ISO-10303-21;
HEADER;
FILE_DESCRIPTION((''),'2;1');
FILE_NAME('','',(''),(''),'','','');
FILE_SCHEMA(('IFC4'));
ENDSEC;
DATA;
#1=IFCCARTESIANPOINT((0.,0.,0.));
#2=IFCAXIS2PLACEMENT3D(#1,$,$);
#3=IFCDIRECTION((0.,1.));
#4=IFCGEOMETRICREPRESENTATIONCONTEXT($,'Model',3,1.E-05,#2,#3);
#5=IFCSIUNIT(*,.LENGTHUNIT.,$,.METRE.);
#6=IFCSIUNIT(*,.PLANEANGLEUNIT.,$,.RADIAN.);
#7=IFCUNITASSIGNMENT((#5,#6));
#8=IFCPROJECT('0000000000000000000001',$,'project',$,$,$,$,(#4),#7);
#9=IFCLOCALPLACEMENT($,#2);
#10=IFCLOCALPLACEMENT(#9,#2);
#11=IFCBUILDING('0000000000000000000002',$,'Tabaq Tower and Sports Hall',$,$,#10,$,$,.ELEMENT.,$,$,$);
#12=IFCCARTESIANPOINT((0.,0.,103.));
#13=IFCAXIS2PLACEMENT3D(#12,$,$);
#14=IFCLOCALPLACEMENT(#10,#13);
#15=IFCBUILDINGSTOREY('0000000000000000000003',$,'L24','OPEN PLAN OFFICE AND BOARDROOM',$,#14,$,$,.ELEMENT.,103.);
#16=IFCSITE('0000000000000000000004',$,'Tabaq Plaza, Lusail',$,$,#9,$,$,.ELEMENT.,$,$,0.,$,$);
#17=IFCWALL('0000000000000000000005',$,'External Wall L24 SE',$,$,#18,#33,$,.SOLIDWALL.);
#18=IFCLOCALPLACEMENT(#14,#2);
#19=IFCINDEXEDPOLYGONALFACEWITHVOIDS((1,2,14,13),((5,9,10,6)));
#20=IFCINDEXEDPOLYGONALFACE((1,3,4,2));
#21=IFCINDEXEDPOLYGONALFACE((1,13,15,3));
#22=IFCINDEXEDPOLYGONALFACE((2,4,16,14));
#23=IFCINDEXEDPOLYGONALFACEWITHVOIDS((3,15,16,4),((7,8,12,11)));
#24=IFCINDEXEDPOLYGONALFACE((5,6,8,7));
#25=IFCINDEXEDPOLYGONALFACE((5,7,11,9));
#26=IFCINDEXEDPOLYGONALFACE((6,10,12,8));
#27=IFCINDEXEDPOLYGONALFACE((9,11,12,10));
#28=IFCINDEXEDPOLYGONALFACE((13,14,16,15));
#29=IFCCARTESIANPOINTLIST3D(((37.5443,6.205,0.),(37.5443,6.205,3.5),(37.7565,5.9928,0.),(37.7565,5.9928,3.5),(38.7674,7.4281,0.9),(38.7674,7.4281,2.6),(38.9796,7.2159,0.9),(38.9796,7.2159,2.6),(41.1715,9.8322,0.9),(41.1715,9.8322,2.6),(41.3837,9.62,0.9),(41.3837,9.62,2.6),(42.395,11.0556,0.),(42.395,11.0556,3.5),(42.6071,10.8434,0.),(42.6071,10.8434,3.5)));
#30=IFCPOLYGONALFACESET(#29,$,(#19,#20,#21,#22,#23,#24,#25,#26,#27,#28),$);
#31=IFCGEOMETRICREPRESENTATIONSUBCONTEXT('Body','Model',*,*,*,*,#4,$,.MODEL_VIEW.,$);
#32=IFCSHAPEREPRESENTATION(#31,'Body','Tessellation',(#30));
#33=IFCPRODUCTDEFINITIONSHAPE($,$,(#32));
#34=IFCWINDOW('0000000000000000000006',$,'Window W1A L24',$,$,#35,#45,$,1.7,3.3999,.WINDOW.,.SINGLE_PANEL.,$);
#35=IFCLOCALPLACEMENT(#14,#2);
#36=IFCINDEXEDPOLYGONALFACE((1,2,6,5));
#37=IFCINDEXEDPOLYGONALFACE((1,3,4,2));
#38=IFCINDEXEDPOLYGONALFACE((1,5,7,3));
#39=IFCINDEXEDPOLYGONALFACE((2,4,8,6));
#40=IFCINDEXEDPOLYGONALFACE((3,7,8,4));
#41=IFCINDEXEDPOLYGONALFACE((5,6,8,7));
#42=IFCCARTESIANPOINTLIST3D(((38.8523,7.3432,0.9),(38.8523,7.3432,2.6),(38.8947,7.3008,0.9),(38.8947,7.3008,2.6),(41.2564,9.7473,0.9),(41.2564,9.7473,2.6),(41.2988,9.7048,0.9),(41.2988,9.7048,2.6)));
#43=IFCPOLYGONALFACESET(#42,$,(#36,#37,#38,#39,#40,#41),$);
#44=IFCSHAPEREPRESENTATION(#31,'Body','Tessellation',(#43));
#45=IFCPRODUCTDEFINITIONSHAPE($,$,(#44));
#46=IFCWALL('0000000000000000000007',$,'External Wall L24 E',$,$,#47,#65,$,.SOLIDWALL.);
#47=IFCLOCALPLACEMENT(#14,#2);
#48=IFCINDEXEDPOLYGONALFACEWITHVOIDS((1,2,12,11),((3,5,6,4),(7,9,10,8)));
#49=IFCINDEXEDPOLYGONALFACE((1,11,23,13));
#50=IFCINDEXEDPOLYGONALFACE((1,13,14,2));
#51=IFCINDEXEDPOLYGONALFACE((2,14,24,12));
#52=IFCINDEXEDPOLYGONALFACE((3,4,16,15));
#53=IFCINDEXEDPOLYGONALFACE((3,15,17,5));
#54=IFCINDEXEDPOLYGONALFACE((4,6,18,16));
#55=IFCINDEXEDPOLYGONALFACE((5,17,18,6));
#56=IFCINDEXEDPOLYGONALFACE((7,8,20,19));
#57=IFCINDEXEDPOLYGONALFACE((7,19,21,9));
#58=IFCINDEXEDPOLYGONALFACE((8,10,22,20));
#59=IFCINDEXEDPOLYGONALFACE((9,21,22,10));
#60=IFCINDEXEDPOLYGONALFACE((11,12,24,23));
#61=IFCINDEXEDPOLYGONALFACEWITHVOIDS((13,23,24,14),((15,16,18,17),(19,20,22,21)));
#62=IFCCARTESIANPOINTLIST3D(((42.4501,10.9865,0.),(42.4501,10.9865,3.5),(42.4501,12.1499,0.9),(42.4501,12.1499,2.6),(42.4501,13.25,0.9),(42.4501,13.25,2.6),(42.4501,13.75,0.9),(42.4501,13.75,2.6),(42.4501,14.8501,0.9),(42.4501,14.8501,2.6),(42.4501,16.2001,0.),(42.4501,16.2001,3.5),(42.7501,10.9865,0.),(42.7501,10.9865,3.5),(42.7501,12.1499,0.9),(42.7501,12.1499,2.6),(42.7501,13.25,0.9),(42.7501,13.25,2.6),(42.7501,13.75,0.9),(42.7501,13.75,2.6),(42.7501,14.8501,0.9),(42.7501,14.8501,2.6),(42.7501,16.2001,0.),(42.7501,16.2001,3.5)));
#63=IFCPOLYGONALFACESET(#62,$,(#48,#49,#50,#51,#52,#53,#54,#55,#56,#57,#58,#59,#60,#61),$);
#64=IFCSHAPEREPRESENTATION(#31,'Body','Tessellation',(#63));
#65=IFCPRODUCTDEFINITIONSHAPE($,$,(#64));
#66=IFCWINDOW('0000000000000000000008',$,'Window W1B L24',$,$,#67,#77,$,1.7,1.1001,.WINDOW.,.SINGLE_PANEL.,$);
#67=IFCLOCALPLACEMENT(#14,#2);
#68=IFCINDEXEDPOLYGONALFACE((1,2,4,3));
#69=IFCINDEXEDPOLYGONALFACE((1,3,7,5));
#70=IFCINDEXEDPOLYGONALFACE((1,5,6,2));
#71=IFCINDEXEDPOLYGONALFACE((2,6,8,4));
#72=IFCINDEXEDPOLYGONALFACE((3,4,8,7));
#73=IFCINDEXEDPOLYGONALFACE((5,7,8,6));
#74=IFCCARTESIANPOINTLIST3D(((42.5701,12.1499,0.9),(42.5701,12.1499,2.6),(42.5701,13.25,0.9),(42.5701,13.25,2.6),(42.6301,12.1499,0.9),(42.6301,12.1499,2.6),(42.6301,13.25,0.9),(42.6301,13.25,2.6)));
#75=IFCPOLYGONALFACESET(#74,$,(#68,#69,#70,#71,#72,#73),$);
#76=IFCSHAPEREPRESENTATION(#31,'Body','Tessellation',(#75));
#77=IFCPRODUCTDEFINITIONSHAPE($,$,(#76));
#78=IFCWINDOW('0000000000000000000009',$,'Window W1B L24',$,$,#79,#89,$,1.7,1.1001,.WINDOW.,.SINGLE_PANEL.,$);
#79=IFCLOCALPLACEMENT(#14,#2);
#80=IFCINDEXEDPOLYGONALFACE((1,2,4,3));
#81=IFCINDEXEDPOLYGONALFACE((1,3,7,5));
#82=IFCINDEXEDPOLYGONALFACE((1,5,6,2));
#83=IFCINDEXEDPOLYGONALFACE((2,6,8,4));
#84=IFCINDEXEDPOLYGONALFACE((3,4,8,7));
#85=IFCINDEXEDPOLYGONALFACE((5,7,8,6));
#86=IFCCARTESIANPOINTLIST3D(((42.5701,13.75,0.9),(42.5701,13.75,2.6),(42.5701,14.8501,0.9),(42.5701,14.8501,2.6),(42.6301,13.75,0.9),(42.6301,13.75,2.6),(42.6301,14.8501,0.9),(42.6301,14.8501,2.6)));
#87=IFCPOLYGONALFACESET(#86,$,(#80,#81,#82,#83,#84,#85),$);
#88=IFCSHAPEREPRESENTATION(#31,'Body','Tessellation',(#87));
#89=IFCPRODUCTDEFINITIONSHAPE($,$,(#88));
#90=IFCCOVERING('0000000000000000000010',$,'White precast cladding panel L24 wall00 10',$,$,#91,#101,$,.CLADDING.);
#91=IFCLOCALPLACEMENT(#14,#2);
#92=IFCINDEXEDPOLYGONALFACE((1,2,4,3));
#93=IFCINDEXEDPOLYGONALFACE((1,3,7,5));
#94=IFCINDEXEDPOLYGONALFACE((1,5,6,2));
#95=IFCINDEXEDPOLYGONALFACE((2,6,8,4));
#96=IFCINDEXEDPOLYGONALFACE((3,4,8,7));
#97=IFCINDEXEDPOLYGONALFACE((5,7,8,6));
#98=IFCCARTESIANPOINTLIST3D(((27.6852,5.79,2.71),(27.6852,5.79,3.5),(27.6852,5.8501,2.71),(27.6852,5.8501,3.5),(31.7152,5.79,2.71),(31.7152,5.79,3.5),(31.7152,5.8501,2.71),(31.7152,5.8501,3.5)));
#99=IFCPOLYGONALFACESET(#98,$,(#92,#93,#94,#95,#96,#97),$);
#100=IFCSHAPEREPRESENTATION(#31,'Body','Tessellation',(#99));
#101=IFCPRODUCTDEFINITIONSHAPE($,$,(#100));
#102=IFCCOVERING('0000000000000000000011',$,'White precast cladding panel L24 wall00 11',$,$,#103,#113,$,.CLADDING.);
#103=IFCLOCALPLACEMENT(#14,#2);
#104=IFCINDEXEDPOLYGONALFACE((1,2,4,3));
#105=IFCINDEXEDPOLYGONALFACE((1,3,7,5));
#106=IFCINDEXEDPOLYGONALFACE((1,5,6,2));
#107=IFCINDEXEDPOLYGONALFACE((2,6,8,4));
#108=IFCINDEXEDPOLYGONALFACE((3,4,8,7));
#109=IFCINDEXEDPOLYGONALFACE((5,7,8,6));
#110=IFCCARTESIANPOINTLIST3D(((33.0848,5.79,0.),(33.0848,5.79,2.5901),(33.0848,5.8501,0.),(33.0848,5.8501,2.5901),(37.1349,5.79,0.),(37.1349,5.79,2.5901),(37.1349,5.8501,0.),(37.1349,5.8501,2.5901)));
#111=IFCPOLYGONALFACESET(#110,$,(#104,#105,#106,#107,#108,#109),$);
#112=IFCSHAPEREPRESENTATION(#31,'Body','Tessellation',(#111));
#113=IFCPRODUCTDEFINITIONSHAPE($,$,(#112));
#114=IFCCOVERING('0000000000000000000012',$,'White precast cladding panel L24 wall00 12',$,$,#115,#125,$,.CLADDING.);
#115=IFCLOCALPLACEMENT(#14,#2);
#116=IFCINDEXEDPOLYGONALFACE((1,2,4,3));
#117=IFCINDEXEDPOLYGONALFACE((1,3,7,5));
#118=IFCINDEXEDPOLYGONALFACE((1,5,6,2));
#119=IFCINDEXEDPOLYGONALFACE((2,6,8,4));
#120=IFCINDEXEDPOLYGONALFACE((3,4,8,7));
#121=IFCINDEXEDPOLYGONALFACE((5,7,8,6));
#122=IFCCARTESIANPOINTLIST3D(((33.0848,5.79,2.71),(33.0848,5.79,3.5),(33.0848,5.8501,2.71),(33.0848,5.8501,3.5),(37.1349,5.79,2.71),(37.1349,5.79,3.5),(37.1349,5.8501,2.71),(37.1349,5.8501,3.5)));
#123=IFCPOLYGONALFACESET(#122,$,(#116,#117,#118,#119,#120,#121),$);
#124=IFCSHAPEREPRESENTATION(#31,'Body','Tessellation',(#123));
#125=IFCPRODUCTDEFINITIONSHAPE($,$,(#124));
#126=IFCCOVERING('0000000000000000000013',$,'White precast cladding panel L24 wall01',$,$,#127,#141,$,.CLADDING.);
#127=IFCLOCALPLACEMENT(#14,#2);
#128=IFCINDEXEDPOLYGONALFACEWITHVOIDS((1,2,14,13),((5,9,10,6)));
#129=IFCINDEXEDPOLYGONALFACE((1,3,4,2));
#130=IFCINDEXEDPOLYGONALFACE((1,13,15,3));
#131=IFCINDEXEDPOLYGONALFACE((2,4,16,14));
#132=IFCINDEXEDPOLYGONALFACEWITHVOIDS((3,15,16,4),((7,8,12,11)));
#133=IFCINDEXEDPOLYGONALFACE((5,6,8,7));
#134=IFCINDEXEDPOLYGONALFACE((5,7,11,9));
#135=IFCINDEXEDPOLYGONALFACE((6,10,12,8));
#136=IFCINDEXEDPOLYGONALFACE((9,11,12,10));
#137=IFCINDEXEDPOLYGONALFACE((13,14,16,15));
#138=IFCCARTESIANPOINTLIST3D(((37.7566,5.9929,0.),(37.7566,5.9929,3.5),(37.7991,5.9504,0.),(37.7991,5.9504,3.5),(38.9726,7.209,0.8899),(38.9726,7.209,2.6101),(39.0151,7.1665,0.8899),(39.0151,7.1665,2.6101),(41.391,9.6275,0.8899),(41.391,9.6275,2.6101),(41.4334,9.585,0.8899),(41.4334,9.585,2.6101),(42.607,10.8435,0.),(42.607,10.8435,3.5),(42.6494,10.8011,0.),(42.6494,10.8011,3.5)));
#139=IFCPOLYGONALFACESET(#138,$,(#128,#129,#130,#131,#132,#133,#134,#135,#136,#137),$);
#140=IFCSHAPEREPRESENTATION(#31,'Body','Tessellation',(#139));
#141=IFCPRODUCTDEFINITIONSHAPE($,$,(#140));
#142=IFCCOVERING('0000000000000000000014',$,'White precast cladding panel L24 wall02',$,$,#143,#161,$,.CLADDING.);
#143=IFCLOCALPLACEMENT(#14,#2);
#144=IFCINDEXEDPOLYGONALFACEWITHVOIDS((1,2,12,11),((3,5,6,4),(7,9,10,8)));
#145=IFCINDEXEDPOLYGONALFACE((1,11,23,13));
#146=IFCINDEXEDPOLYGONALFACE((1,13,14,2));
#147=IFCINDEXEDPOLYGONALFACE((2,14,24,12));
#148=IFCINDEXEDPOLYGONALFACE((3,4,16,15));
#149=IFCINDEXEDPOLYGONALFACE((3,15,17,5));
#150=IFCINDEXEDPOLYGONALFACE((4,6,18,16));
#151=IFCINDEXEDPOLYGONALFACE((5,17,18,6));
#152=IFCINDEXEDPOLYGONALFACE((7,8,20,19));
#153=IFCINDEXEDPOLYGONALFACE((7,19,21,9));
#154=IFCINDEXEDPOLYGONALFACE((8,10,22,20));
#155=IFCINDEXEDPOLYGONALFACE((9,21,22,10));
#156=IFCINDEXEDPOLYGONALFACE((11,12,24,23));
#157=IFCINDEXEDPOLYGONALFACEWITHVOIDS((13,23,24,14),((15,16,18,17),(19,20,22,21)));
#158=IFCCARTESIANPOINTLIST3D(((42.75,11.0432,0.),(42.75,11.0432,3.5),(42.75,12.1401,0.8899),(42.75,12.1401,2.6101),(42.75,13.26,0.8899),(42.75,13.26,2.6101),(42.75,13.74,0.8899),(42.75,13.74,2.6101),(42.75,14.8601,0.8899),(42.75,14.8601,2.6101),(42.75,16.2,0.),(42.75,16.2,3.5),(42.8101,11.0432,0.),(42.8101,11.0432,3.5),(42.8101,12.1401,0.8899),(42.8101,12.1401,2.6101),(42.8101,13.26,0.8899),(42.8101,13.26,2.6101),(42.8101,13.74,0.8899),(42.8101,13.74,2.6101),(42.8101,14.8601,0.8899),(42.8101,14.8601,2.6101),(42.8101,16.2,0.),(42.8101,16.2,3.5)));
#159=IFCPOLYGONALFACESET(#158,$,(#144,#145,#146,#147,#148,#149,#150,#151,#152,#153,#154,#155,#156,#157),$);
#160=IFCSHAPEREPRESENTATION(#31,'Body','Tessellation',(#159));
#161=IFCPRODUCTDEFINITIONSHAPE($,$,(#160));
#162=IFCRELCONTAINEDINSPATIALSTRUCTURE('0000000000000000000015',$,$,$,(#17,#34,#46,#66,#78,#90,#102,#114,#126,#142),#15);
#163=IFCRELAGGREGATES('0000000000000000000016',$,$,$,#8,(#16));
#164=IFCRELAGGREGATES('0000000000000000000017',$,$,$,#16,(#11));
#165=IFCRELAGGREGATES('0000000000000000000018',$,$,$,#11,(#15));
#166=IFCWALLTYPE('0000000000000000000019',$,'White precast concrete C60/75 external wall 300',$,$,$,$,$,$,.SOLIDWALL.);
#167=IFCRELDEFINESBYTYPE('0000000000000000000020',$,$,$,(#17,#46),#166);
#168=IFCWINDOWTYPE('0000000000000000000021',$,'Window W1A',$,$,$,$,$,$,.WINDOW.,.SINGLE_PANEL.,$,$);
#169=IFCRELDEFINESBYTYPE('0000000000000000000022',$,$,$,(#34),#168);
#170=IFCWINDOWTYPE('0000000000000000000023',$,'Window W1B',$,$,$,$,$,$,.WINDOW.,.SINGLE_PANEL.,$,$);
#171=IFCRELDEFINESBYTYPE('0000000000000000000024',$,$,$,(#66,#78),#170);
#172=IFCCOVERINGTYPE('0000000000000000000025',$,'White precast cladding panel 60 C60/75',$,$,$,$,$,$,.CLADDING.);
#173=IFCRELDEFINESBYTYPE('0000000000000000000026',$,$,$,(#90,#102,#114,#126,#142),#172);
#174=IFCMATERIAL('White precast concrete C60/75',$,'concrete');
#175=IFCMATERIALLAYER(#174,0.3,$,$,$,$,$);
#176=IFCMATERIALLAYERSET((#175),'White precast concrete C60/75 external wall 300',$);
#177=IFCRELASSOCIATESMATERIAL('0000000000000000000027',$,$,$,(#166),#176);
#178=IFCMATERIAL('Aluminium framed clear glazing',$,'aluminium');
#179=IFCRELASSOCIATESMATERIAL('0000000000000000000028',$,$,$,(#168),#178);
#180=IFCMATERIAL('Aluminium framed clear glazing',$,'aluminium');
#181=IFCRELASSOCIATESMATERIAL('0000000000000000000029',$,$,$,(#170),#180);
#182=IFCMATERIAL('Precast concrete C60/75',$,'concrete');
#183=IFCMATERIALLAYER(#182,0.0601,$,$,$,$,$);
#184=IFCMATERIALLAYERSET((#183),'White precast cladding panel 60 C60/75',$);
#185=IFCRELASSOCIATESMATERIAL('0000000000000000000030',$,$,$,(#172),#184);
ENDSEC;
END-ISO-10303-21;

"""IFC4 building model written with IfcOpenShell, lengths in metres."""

from ifc_helpers import new_model, si_unit, direction, frame, frame_2d, origin, place, context, subcontext, project, spatial, polyline, rectangle, outline, extrude, material, layer, layer_set, type_object, element, fill, save


model = new_model("IFC4")

# Units and contexts
model_context = context("Model", 3, precision=1e-05, world=origin(), true_north=direction((0.0, 1.0)))
body_context = subcontext(model_context, "Body", "Model", "MODEL_VIEW")
ifc_project = project(units=[si_unit("LENGTHUNIT", "METRE"), si_unit("PLANEANGLEUNIT", "RADIAN")], contexts=[model_context])

# Site, building, storey
site_placement = place(None, origin())
site = spatial("IfcSite", under=ifc_project, at=site_placement, Name="Tabaq Plaza, Lusail", CompositionType="ELEMENT", RefElevation=0.0)
building_placement = place(site_placement, origin())
building = spatial("IfcBuilding", under=site, at=building_placement, Name="Tabaq Tower and Sports Hall", CompositionType="ELEMENT")
storey_placement = place(building_placement, frame((0.0, 0.0, 103.0)))
storey = spatial("IfcBuildingStorey", under=building, at=storey_placement, Name="L24", Description="OPEN PLAN OFFICE AND BOARDROOM", CompositionType="ELEMENT", Elevation=103.0)

# Wall, opening, window
ifc_material_1 = material(Name="White precast concrete C60/75", Category="concrete")
ifc_layer_1 = layer(ifc_material_1, 0.3)
ifc_layer_set_1 = layer_set([ifc_layer_1], Name="White precast concrete C60/75 external wall 300")
wall_type_1 = type_object("IfcWallType", Name="White precast concrete C60/75 external wall 300", PredefinedType="SOLIDWALL", material=ifc_layer_set_1)
wall_1_placement = place(storey_placement, frame((37.6504, 6.0989, 0.0), z_axis=(0.0, 0.0, 1.0), x_axis=(0.707107, 0.707107, 0.0)))
wall_1 = element("IfcWall", 1, at=wall_1_placement, inside=storey, type_object=wall_type_1, Name="External Wall L24 SE", PredefinedType="SOLIDWALL", context=body_context, shape_type="SweptSolid", body=[
    extrude(rectangle(XDim=6.8599, YDim=0.3, at=frame_2d((3.4299, 0.0))), origin(), (0.0, 0.0, 1.0), 3.5),
])
opening_1_placement = place(wall_1_placement, frame((1.7297, 0.0, 0.8999)))
opening_1 = element("IfcOpeningElement", 2, at=opening_1_placement, cuts=wall_1, PredefinedType="OPENING", context=body_context, shape_type="SweptSolid", body=[
    extrude(rectangle(XDim=3.3999, YDim=1.7, at=frame_2d((1.7, 0.8501))), frame((0.0, 0.1602, 0.0), z_axis=(0.0, -1.0, 0.0), x_axis=(1.0, 0.0, 0.0)), (0.0, 0.0, 1.0), 0.3201),
])
ifc_material_2 = material(Name="Aluminium framed clear glazing", Category="aluminium")
window_type_1 = type_object("IfcWindowType", Name="Window W1A", PartitioningType="SINGLE_PANEL", PredefinedType="WINDOW", material=ifc_material_2)
window_1_placement = place(opening_1_placement, origin())
window_1 = element("IfcWindow", 3, at=window_1_placement, inside=storey, type_object=window_type_1, Name="Window W1A L24", OverallHeight=1.7, OverallWidth=3.3999, PartitioningType="SINGLE_PANEL", PredefinedType="WINDOW", context=body_context, shape_type="SweptSolid", body=[
    extrude(rectangle(XDim=3.3999, YDim=1.7, at=frame_2d((1.7, 0.8501))), frame((0.0, 0.03, 0.0), z_axis=(0.0, -1.0, 0.0), x_axis=(1.0, 0.0, 0.0)), (0.0, 0.0, 1.0), 0.0601),
])
fill(opening_1, window_1)

# Wall, openings, windows
wall_2_placement = place(storey_placement, frame((42.6001, 10.9863, 0.0), z_axis=(0.0, 0.0, 1.0), x_axis=(0.0, 1.0, 0.0)))
wall_2 = element("IfcWall", 4, at=wall_2_placement, inside=storey, type_object=wall_type_1, Name="External Wall L24 E", PredefinedType="SOLIDWALL", context=body_context, shape_type="SweptSolid", body=[
    extrude(rectangle(XDim=5.2136, YDim=0.3, at=frame_2d((2.6069, 0.0))), origin(), (0.0, 0.0, 1.0), 3.5),
])
opening_2_placement = place(wall_2_placement, frame((1.1636, 0.0, 0.8999)))
opening_2 = element("IfcOpeningElement", 5, at=opening_2_placement, cuts=wall_2, PredefinedType="OPENING", context=body_context, shape_type="SweptSolid", body=[
    extrude(rectangle(XDim=1.1001, YDim=1.7, at=frame_2d((0.55, 0.8501))), frame((0.0, 0.1602, 0.0), z_axis=(0.0, -1.0, 0.0), x_axis=(1.0, 0.0, 0.0)), (0.0, 0.0, 1.0), 0.3201),
])
opening_3_placement = place(wall_2_placement, frame((2.7637, 0.0, 0.8999)))
opening_3 = element("IfcOpeningElement", 6, at=opening_3_placement, cuts=wall_2, PredefinedType="OPENING", context=body_context, shape_type="SweptSolid", body=[
    extrude(rectangle(XDim=1.1001, YDim=1.7, at=frame_2d((0.55, 0.8501))), frame((0.0, 0.1602, 0.0), z_axis=(0.0, -1.0, 0.0), x_axis=(1.0, 0.0, 0.0)), (0.0, 0.0, 1.0), 0.3201),
])
ifc_material_3 = material(Name="Aluminium framed clear glazing", Category="aluminium")
window_type_2 = type_object("IfcWindowType", Name="Window W1B", PartitioningType="SINGLE_PANEL", PredefinedType="WINDOW", material=ifc_material_3)
window_2_placement = place(opening_2_placement, origin())
window_2 = element("IfcWindow", 7, at=window_2_placement, inside=storey, type_object=window_type_2, Name="Window W1B L24", OverallHeight=1.7, OverallWidth=1.1001, PartitioningType="SINGLE_PANEL", PredefinedType="WINDOW", context=body_context, shape_type="SweptSolid", body=[
    extrude(rectangle(XDim=1.1001, YDim=1.7, at=frame_2d((0.55, 0.8501))), frame((0.0, 0.03, 0.0), z_axis=(0.0, -1.0, 0.0), x_axis=(1.0, 0.0, 0.0)), (0.0, 0.0, 1.0), 0.0601),
])
fill(opening_2, window_2)
window_3_placement = place(opening_3_placement, origin())
window_3 = element("IfcWindow", 8, at=window_3_placement, inside=storey, type_object=window_type_2, Name="Window W1B L24", OverallHeight=1.7, OverallWidth=1.1001, PartitioningType="SINGLE_PANEL", PredefinedType="WINDOW", context=body_context, shape_type="SweptSolid", body=[
    extrude(rectangle(XDim=1.1001, YDim=1.7, at=frame_2d((0.55, 0.8501))), frame((0.0, 0.03, 0.0), z_axis=(0.0, -1.0, 0.0), x_axis=(1.0, 0.0, 0.0)), (0.0, 0.0, 1.0), 0.0601),
])
fill(opening_3, window_3)

# Coverings
ifc_material_4 = material(Name="Precast concrete C60/75", Category="concrete")
ifc_layer_2 = layer(ifc_material_4, 0.0601)
ifc_layer_set_2 = layer_set([ifc_layer_2], Name="White precast cladding panel 60 C60/75")
covering_type = type_object("IfcCoveringType", Name="White precast cladding panel 60 C60/75", PredefinedType="CLADDING", material=ifc_layer_set_2)
covering_1_placement = place(storey_placement, frame((27.6851, 5.8201, 2.71), z_axis=(0.0, 0.0, 1.0), x_axis=(1.0, 0.0, 0.0)))
element("IfcCovering", 9, at=covering_1_placement, inside=storey, type_object=covering_type, Name="White precast cladding panel L24 wall00 10", PredefinedType="CLADDING", context=body_context, shape_type="SweptSolid", body=[
    extrude(rectangle(XDim=4.03, YDim=0.0601, at=frame_2d((2.0151, 0.0))), origin(), (0.0, 0.0, 1.0), 0.79),
])
covering_2_placement = place(storey_placement, frame((33.085, 5.8201, 0.0), z_axis=(0.0, 0.0, 1.0), x_axis=(1.0, 0.0, 0.0)))
element("IfcCovering", 10, at=covering_2_placement, inside=storey, type_object=covering_type, Name="White precast cladding panel L24 wall00 11", PredefinedType="CLADDING", context=body_context, shape_type="SweptSolid", body=[
    extrude(rectangle(XDim=4.05, YDim=0.0601, at=frame_2d((2.0249, 0.0))), origin(), (0.0, 0.0, 1.0), 2.5901),
])
covering_3_placement = place(storey_placement, frame((33.085, 5.8201, 2.71), z_axis=(0.0, 0.0, 1.0), x_axis=(1.0, 0.0, 0.0)))
element("IfcCovering", 11, at=covering_3_placement, inside=storey, type_object=covering_type, Name="White precast cladding panel L24 wall00 12", PredefinedType="CLADDING", context=body_context, shape_type="SweptSolid", body=[
    extrude(rectangle(XDim=4.05, YDim=0.0601, at=frame_2d((2.0249, 0.0))), origin(), (0.0, 0.0, 1.0), 0.79),
])
covering_4_placement = place(storey_placement, frame((37.7778, 5.9717, 0.0), z_axis=(0.0, 0.0, 1.0), x_axis=(0.707089, 0.707125, 0.0)))
element("IfcCovering", 12, at=covering_4_placement, inside=storey, type_object=covering_type, Name="White precast cladding panel L24 wall01", PredefinedType="CLADDING", context=body_context, shape_type="SweptSolid", body=[
    extrude(outline(polyline([(0.0, 0.0), (6.8596, 0.0), (6.8596, 3.5), (0.0, 3.5), (0.0, 0.0)]), holes=[polyline([(1.7197, 0.8899), (1.7197, 2.6101), (5.1399, 2.6101), (5.1399, 0.8899), (1.7197, 0.8899)])]), frame((0.0, 0.03, 0.0), z_axis=(0.0, -1.0, 0.0), x_axis=(1.0, 0.0, 0.0)), (0.0, 0.0, 1.0), 0.0601),
])
covering_5_placement = place(storey_placement, frame((42.78, 11.0432, 0.0), z_axis=(0.0, 0.0, 1.0), x_axis=(0.0, 1.0, 0.0)))
element("IfcCovering", 13, at=covering_5_placement, inside=storey, type_object=covering_type, Name="White precast cladding panel L24 wall02", PredefinedType="CLADDING", context=body_context, shape_type="SweptSolid", body=[
    extrude(outline(polyline([(0.0, 0.0), (5.1567, 0.0), (5.1567, 3.5), (0.0, 3.5), (0.0, 0.0)]), holes=[polyline([(1.0969, 2.6101), (2.2168, 2.6101), (2.2168, 0.8899), (1.0969, 0.8899), (1.0969, 2.6101)]), polyline([(2.6968, 2.6101), (3.8169, 2.6101), (3.8169, 0.8899), (2.6968, 0.8899), (2.6968, 2.6101)])]), frame((0.0, 0.03, 0.0), z_axis=(0.0, -1.0, 0.0), x_axis=(1.0, 0.0, 0.0)), (0.0, 0.0, 1.0), 0.0601),
])

save(model, "model.ifc")
